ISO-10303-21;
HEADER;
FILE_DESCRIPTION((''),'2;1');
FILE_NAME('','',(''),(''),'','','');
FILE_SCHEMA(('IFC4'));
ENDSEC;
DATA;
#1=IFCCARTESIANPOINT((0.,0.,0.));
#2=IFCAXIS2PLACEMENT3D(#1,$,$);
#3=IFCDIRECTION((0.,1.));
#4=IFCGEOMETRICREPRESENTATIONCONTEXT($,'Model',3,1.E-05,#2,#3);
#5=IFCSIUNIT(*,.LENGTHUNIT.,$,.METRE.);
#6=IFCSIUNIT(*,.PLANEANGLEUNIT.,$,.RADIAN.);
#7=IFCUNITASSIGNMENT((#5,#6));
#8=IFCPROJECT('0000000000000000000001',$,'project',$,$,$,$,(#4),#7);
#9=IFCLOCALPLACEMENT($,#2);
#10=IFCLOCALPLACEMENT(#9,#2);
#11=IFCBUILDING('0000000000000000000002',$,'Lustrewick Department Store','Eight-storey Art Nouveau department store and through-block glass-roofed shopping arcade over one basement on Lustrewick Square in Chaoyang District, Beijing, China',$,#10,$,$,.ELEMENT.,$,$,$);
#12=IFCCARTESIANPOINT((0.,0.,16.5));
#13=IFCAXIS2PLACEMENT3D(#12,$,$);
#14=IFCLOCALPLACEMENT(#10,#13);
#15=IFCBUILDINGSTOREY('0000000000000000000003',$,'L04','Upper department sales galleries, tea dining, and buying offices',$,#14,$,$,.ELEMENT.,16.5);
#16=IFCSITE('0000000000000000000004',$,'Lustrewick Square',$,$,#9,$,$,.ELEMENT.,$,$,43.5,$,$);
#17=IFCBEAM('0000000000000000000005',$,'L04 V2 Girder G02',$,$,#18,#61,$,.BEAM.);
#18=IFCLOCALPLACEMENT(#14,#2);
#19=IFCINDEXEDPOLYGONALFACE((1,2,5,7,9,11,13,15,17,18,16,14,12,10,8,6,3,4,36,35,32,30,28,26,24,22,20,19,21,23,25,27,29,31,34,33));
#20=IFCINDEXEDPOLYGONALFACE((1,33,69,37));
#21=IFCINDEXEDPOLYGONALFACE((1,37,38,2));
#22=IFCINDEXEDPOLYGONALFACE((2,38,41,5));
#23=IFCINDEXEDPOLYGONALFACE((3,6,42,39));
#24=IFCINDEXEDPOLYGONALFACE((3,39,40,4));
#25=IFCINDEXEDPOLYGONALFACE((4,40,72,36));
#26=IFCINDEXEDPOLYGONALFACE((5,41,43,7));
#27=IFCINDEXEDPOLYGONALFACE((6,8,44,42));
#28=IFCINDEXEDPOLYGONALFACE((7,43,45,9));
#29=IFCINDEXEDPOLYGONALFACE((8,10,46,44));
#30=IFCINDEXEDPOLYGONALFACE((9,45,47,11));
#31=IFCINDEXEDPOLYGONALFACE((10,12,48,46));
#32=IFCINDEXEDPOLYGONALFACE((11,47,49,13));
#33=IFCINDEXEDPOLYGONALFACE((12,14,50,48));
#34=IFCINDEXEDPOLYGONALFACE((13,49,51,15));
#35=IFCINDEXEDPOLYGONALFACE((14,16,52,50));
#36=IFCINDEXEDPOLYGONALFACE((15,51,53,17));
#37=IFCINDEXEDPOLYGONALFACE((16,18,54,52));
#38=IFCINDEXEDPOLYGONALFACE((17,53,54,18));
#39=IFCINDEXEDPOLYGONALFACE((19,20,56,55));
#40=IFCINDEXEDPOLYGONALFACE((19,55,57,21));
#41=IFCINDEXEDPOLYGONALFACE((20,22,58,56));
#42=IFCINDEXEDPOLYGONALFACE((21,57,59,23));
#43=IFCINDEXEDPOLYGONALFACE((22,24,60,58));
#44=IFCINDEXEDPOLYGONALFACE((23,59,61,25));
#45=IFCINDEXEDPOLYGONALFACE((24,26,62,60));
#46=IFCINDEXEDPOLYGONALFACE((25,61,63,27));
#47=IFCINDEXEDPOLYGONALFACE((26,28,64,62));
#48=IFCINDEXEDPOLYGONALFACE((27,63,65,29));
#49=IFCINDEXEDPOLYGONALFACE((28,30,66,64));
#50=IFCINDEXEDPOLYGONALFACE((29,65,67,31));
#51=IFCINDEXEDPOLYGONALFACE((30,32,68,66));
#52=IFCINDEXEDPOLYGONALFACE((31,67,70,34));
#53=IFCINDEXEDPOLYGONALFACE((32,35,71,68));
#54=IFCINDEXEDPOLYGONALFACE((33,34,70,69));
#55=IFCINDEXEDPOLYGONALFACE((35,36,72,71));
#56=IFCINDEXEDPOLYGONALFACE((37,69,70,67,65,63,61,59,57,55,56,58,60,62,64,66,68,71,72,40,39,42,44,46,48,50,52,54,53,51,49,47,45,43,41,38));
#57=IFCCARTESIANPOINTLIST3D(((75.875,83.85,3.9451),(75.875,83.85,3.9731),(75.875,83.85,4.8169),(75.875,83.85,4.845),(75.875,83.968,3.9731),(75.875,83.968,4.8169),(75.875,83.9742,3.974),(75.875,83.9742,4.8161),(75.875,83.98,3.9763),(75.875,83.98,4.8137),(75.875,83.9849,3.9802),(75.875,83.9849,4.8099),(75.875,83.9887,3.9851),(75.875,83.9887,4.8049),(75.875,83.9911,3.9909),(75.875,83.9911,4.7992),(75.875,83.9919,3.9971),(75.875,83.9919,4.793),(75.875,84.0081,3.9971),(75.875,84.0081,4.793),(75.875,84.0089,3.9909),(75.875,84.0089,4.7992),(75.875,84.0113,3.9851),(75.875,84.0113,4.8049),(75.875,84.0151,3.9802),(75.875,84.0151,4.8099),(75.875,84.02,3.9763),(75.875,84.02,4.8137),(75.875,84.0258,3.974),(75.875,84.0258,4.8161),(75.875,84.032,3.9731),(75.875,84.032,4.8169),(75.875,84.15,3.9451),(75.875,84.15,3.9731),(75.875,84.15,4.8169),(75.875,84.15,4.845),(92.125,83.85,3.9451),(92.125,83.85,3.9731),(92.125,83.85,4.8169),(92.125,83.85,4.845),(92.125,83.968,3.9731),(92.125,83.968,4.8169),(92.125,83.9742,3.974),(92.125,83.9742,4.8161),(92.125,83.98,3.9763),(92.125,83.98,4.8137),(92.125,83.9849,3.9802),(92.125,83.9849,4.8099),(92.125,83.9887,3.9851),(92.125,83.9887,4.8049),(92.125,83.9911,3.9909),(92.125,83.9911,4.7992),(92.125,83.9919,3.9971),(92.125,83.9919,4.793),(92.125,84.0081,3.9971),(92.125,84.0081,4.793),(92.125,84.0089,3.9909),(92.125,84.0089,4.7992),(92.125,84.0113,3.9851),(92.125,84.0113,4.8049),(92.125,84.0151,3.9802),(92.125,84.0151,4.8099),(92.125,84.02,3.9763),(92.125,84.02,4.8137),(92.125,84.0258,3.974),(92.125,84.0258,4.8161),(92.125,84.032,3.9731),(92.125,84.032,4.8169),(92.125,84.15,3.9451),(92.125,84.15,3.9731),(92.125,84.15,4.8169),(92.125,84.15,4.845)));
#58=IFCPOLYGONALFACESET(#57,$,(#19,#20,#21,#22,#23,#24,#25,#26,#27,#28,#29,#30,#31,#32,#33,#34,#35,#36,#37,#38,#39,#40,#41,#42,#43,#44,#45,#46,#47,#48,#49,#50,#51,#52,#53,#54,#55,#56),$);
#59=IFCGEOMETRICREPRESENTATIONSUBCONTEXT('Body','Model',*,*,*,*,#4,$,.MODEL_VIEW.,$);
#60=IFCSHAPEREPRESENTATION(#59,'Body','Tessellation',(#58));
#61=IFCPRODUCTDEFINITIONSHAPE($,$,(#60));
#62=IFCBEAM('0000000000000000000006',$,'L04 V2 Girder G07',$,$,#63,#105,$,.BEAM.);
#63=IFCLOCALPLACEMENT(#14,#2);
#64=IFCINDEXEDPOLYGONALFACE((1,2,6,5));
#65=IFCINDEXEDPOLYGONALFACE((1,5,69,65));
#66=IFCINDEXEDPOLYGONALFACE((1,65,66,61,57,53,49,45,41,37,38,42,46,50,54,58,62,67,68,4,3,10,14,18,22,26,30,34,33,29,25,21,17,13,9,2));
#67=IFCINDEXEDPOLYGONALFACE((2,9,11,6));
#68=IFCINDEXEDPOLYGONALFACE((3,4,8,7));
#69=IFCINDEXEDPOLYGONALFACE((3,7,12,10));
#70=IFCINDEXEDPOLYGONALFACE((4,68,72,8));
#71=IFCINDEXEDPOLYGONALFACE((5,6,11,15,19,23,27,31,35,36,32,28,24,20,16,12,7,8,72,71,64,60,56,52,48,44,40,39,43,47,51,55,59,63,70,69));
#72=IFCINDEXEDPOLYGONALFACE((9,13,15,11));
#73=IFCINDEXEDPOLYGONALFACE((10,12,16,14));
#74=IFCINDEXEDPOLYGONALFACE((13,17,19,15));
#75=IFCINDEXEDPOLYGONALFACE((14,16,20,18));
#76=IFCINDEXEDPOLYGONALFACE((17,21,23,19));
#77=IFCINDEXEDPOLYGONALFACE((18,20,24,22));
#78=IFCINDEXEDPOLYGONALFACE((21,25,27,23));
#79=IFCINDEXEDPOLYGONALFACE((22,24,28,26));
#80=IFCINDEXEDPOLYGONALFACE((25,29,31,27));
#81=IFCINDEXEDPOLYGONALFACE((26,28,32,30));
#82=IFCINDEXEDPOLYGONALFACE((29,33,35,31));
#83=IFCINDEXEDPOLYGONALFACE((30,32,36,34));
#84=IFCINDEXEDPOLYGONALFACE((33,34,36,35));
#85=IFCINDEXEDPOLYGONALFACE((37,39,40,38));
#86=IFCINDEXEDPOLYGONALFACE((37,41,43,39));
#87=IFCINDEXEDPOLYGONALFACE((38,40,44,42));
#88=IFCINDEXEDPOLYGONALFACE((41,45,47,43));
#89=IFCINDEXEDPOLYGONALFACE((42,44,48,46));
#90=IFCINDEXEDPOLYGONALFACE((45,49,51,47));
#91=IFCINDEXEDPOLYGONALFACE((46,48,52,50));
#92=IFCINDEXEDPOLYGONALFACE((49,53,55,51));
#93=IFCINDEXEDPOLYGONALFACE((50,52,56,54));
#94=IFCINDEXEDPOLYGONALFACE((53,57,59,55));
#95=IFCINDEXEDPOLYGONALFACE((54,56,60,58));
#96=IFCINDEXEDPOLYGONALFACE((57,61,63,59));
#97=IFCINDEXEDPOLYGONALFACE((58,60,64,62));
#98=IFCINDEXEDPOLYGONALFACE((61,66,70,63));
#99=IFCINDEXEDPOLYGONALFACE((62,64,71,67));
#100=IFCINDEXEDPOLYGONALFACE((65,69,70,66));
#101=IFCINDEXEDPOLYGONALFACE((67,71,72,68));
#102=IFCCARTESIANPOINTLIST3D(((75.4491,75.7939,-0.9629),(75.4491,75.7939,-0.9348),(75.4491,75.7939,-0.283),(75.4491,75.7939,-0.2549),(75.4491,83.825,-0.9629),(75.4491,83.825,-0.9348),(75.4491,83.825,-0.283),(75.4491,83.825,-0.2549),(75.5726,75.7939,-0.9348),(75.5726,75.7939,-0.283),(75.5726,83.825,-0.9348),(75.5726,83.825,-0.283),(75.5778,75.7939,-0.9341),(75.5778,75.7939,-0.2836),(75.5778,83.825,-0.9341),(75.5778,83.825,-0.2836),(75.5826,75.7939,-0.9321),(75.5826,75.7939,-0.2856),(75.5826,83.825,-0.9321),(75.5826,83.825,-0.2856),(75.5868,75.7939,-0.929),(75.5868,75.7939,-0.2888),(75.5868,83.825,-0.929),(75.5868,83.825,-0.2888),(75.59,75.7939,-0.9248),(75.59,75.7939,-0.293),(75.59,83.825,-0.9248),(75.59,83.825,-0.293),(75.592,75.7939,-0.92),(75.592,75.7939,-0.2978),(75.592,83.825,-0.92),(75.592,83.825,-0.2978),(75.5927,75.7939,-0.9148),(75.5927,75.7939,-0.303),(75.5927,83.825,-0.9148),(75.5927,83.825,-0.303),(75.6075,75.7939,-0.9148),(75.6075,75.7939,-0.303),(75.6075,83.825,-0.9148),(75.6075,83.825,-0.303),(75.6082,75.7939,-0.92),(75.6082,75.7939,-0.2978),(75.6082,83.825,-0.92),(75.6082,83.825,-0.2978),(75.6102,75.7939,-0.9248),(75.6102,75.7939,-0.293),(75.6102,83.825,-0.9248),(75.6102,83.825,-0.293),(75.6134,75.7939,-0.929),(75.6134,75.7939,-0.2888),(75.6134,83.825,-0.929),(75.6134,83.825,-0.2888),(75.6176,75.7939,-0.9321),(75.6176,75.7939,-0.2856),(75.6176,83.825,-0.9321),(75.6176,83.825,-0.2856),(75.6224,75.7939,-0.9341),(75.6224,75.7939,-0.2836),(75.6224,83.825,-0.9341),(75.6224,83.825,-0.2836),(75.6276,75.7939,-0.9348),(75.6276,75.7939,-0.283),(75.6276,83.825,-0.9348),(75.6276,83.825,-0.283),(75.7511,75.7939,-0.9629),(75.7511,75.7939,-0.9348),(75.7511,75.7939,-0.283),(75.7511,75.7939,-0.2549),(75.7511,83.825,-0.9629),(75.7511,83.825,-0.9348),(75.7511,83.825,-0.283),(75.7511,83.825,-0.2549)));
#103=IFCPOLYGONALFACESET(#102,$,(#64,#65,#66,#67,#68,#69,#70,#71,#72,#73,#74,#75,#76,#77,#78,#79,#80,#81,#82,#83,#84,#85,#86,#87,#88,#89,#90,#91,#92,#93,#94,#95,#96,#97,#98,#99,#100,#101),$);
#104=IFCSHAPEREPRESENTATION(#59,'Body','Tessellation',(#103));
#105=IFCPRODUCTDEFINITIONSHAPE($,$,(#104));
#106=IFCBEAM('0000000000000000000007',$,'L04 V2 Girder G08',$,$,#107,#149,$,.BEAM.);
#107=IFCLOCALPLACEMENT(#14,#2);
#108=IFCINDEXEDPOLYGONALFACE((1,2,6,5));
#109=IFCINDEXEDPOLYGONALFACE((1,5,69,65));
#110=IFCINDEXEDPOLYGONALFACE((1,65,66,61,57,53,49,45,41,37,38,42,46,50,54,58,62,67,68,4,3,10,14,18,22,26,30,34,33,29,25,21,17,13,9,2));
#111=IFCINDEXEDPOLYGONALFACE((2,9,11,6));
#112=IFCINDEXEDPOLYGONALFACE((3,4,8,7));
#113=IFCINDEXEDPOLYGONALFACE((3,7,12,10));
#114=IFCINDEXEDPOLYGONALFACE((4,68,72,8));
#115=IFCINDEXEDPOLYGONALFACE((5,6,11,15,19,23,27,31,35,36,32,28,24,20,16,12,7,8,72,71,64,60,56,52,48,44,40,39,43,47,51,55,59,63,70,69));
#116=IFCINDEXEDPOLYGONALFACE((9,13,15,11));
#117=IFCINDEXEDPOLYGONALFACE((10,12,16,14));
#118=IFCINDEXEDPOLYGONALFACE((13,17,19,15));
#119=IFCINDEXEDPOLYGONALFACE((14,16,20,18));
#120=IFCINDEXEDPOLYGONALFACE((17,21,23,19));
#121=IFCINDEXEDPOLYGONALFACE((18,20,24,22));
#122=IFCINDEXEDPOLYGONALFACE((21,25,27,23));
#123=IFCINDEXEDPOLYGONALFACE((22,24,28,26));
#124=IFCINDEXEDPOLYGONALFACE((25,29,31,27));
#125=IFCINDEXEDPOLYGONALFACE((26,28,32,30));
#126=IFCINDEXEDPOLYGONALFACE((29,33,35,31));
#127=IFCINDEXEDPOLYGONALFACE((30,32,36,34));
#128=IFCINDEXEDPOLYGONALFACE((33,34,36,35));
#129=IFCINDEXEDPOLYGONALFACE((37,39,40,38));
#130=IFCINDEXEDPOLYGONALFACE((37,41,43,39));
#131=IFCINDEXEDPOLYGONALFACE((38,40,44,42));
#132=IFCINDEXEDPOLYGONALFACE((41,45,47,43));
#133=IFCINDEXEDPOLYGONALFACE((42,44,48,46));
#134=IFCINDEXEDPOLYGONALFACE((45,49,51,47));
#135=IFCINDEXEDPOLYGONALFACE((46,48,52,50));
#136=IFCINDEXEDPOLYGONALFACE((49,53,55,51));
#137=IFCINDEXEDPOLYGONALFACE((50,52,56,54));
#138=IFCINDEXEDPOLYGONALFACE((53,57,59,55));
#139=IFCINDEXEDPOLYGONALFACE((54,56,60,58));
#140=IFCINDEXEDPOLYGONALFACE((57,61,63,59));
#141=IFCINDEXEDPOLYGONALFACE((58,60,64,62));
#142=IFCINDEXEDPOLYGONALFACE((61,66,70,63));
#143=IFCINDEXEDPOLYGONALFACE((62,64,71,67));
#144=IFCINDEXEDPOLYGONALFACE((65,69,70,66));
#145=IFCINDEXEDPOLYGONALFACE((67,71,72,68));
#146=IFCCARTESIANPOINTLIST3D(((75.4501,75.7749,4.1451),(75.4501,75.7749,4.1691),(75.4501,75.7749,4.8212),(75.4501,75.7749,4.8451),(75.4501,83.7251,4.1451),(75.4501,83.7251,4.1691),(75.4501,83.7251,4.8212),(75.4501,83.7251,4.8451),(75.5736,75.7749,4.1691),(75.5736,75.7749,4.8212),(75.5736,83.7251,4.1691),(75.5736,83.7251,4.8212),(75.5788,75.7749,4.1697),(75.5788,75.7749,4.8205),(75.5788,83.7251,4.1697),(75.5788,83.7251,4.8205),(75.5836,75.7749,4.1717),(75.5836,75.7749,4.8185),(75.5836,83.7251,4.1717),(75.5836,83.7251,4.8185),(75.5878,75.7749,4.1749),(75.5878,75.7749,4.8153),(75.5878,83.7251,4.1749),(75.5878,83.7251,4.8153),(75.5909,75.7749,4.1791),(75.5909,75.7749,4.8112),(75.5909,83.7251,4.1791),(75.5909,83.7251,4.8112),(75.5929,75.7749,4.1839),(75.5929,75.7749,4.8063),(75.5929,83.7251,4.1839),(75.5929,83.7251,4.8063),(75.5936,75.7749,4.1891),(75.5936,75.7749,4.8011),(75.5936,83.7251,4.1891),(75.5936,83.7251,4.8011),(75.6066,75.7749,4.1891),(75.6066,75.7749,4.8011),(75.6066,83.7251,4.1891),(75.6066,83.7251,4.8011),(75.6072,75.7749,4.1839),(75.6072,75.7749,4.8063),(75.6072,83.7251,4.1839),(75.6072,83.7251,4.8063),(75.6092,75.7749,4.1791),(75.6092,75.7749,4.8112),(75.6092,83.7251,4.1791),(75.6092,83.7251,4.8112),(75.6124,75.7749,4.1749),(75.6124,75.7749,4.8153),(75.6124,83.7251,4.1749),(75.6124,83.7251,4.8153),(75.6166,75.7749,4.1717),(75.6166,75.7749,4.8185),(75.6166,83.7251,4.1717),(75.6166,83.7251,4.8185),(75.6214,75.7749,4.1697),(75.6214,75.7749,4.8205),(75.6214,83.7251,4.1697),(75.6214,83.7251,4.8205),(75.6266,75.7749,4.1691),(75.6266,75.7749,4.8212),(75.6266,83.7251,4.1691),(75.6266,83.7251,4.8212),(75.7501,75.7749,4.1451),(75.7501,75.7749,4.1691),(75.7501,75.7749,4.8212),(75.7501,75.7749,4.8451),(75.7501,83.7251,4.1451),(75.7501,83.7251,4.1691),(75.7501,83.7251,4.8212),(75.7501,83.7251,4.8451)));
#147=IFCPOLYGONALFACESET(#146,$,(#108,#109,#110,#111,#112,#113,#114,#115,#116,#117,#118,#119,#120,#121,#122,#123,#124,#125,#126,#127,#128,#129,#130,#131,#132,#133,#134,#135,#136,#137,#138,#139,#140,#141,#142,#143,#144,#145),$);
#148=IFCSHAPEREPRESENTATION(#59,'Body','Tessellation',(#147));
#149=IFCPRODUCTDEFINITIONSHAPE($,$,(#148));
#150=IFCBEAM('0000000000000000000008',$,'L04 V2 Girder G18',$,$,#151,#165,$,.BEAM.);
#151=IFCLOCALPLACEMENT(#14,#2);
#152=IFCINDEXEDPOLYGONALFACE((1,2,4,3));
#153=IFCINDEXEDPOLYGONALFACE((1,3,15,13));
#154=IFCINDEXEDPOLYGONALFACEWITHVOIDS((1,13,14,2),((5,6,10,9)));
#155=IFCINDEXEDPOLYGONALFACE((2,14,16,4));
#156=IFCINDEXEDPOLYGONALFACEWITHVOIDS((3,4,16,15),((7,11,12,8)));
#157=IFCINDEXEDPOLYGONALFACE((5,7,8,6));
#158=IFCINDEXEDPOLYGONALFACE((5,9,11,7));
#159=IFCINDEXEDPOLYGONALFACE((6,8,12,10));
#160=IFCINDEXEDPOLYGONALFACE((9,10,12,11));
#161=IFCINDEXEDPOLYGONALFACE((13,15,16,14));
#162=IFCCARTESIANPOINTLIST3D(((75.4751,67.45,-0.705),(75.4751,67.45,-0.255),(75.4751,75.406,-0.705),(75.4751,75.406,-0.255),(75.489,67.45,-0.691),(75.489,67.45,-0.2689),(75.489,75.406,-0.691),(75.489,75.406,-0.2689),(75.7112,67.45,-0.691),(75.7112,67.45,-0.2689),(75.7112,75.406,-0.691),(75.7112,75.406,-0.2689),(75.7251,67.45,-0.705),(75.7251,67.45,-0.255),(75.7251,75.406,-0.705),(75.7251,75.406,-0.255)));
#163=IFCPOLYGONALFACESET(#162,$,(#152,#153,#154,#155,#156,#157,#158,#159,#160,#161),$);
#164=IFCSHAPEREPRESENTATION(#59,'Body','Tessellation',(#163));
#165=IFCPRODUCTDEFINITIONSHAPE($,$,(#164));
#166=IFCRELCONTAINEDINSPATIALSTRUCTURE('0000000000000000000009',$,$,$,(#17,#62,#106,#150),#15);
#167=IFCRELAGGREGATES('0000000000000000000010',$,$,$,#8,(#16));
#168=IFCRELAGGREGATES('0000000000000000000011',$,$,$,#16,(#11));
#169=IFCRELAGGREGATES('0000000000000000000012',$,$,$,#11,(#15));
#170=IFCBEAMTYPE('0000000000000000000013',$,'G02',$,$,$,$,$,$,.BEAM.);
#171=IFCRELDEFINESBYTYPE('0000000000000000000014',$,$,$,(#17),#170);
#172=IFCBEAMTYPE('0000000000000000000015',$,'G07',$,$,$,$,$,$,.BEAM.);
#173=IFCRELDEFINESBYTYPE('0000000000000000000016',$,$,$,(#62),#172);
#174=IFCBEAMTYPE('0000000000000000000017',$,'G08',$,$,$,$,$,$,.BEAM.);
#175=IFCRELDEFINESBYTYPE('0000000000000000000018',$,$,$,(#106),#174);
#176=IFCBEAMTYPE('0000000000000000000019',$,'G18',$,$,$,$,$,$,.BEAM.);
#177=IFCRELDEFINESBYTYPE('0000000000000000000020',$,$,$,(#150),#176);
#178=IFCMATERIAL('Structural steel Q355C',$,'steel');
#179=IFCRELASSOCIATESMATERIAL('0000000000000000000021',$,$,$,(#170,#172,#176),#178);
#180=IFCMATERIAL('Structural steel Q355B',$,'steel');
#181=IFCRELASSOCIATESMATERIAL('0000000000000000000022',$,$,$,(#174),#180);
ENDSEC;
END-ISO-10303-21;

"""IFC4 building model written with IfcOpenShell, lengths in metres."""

from ifc_helpers import new_model, si_unit, direction, frame, origin, origin_2d, place, context, subcontext, project, spatial, hollow_rectangle, i_section, extrude, material, material_profile, profile_set, type_object, element, save


model = new_model("IFC4")

# Units and contexts
model_context = context("Model", 3, precision=1e-05, world=origin(), true_north=direction((0.0, 1.0)))
body_context = subcontext(model_context, "Body", "Model", "MODEL_VIEW")
ifc_project = project(units=[si_unit("LENGTHUNIT", "METRE"), si_unit("PLANEANGLEUNIT", "RADIAN")], contexts=[model_context])

# Site, building, storey
site_placement = place(None, origin())
site = spatial("IfcSite", under=ifc_project, at=site_placement, Name="Lustrewick Square", CompositionType="ELEMENT", RefElevation=43.5)
building_placement = place(site_placement, origin())
building = spatial("IfcBuilding", under=site, at=building_placement, Name="Lustrewick Department Store", Description="Eight-storey Art Nouveau department store and through-block glass-roofed shopping arcade over one basement on Lustrewick Square in Chaoyang District, Beijing, China", CompositionType="ELEMENT")
storey_placement = place(building_placement, frame((0.0, 0.0, 16.5)))
storey = spatial("IfcBuildingStorey", under=building, at=storey_placement, Name="L04", Description="Upper department sales galleries, tea dining, and buying offices", CompositionType="ELEMENT", Elevation=16.5)

# Shared definitions
ifc_material_1 = material(Name="Structural steel Q355C", Category="steel")
ifc_material_2 = material(Name="Structural steel Q355B", Category="steel")

# Beams
ifc_material_profile_1 = material_profile(ifc_material_1, i_section(OverallWidth=0.3, OverallDepth=0.8999, WebThickness=0.0161, FlangeThickness=0.0281, FilletRadius=0.0239, at=origin_2d()), Name="HN 900x300x16x28")
ifc_profile_set_1 = profile_set([ifc_material_profile_1], Name="Structural steel Q355C")
beam_type_1 = type_object("IfcBeamType", Name="G02", PredefinedType="BEAM", material=ifc_profile_set_1)
beam_1_placement = place(storey_placement, frame((75.875, 84.0, 4.395), z_axis=(1.0, 0.0, 0.0), x_axis=(0.0, 1.0, 0.0)))
element("IfcBeam", 1, at=beam_1_placement, inside=storey, type_object=beam_type_1, Name="L04 V2 Girder G02", PredefinedType="BEAM", context=body_context, shape_type="SweptSolid", body=[
    extrude(i_section(OverallWidth=0.3, OverallDepth=0.8999, WebThickness=0.0161, FlangeThickness=0.0281, FilletRadius=0.0239, at=origin_2d()), origin(), (0.0, 0.0, 1.0), 16.25),
])
ifc_material_profile_2 = material_profile(ifc_material_1, i_section(OverallWidth=0.302, OverallDepth=0.708, WebThickness=0.0149, FlangeThickness=0.0281, FilletRadius=0.02, at=origin_2d()), Name="HN 708x302x15x28")
ifc_profile_set_2 = profile_set([ifc_material_profile_2], Name="Structural steel Q355C")
beam_type_2 = type_object("IfcBeamType", Name="G07", PredefinedType="BEAM", material=ifc_profile_set_2)
beam_2_placement = place(storey_placement, frame((75.6001, 75.7939, -0.6089), z_axis=(0.0, 1.0, 0.0), x_axis=(-1.0, 0.0, 0.0)))
element("IfcBeam", 2, at=beam_2_placement, inside=storey, type_object=beam_type_2, Name="L04 V2 Girder G07", PredefinedType="BEAM", context=body_context, shape_type="SweptSolid", body=[
    extrude(i_section(OverallWidth=0.302, OverallDepth=0.708, WebThickness=0.0149, FlangeThickness=0.0281, FilletRadius=0.02, at=origin_2d()), origin(), (0.0, 0.0, 1.0), 8.031),
])
ifc_material_profile_3 = material_profile(ifc_material_2, i_section(OverallWidth=0.3, OverallDepth=0.7, WebThickness=0.0129, FlangeThickness=0.0239, FilletRadius=0.02, at=origin_2d()), Name="HN 700x300x13x24")
ifc_profile_set_3 = profile_set([ifc_material_profile_3], Name="Structural steel Q355B")
beam_type_3 = type_object("IfcBeamType", Name="G08", PredefinedType="BEAM", material=ifc_profile_set_3)
beam_3_placement = place(storey_placement, frame((75.6001, 75.7749, 4.4951), z_axis=(0.0, 1.0, 0.0), x_axis=(-1.0, 0.0, 0.0)))
element("IfcBeam", 3, at=beam_3_placement, inside=storey, type_object=beam_type_3, Name="L04 V2 Girder G08", PredefinedType="BEAM", context=body_context, shape_type="SweptSolid", body=[
    extrude(i_section(OverallWidth=0.3, OverallDepth=0.7, WebThickness=0.0129, FlangeThickness=0.0239, FilletRadius=0.02, at=origin_2d()), origin(), (0.0, 0.0, 1.0), 7.9502),
])
ifc_material_profile_4 = material_profile(ifc_material_1, hollow_rectangle(XDim=0.25, YDim=0.45, WallThickness=0.0139, at=origin_2d()), Name="RHS 450x250x14")
ifc_profile_set_4 = profile_set([ifc_material_profile_4], Name="Structural steel Q355C")
beam_type_4 = type_object("IfcBeamType", Name="G18", PredefinedType="BEAM", material=ifc_profile_set_4)
beam_4_placement = place(storey_placement, frame((75.6001, 67.45, -0.48), z_axis=(0.0, 1.0, 0.0), x_axis=(-1.0, 0.0, 0.0)))
element("IfcBeam", 4, at=beam_4_placement, inside=storey, type_object=beam_type_4, Name="L04 V2 Girder G18", PredefinedType="BEAM", context=body_context, shape_type="SweptSolid", body=[
    extrude(hollow_rectangle(XDim=0.25, YDim=0.45, WallThickness=0.0139, at=origin_2d()), origin(), (0.0, 0.0, 1.0), 7.9561),
])

save(model, "model.ifc")
